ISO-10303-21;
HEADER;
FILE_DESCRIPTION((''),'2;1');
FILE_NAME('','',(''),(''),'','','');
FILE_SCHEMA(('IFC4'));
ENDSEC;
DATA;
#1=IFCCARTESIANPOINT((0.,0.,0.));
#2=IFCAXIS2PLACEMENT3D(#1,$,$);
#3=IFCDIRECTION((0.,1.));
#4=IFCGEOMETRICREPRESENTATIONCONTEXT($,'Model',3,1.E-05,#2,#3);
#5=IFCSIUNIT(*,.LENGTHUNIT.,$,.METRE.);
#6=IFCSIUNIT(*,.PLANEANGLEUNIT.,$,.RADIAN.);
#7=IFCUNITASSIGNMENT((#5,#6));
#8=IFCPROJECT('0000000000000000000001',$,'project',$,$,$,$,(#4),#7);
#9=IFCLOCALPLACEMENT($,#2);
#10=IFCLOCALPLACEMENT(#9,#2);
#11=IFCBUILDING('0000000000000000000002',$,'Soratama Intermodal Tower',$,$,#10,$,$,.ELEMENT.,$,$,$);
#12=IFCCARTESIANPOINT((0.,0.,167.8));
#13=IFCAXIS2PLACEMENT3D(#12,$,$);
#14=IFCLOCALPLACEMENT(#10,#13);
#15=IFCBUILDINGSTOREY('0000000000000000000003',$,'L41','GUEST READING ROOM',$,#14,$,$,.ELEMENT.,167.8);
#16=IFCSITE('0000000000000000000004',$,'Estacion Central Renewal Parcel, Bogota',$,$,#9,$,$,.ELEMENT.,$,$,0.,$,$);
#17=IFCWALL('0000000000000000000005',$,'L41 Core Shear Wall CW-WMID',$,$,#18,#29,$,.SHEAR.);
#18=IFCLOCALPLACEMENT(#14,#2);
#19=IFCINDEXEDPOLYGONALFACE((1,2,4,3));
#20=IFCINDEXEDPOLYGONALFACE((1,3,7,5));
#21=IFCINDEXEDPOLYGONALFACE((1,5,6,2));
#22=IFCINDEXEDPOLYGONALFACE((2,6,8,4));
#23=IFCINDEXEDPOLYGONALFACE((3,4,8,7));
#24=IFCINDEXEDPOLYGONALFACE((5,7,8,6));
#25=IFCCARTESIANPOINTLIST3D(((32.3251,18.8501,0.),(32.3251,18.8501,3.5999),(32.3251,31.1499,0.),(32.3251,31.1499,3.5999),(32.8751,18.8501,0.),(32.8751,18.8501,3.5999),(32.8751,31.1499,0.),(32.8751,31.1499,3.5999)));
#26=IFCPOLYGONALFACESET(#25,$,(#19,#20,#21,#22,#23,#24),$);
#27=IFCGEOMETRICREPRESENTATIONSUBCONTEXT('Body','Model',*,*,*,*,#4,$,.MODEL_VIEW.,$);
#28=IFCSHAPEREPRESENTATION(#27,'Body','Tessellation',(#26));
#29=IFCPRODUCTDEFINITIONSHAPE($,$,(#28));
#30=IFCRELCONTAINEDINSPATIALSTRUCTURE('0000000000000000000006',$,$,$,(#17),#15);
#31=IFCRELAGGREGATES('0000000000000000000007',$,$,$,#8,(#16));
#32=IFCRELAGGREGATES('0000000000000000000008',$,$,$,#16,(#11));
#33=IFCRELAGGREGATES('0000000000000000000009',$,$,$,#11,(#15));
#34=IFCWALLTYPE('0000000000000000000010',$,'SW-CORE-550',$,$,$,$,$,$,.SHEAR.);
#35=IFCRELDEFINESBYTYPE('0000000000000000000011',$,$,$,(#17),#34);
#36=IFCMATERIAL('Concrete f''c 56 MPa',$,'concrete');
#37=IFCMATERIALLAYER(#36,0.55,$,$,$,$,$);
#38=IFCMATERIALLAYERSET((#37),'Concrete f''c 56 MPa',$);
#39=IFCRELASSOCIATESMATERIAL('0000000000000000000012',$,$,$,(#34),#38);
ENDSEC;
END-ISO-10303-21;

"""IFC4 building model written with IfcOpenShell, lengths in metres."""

from ifc_helpers import new_model, si_unit, direction, frame, frame_2d, origin, place, context, subcontext, project, spatial, rectangle, extrude, material, layer, layer_set, type_object, element, save


model = new_model("IFC4")

# Units and contexts
model_context = context("Model", 3, precision=1e-05, world=origin(), true_north=direction((0.0, 1.0)))
body_context = subcontext(model_context, "Body", "Model", "MODEL_VIEW")
ifc_project = project(units=[si_unit("LENGTHUNIT", "METRE"), si_unit("PLANEANGLEUNIT", "RADIAN")], contexts=[model_context])

# Site, building, storey
site_placement = place(None, origin())
site = spatial("IfcSite", under=ifc_project, at=site_placement, Name="Estacion Central Renewal Parcel, Bogota", CompositionType="ELEMENT", RefElevation=0.0)
building_placement = place(site_placement, origin())
building = spatial("IfcBuilding", under=site, at=building_placement, Name="Soratama Intermodal Tower", CompositionType="ELEMENT")
storey_placement = place(building_placement, frame((0.0, 0.0, 167.8)))
storey = spatial("IfcBuildingStorey", under=building, at=storey_placement, Name="L41", Description="GUEST READING ROOM", CompositionType="ELEMENT", Elevation=167.8)

# Wall
ifc_material_1 = material(Name="Concrete f'c 56 MPa", Category="concrete")
ifc_layer_1 = layer(ifc_material_1, 0.55)
ifc_layer_set_1 = layer_set([ifc_layer_1], Name="Concrete f'c 56 MPa")
wall_type_1 = type_object("IfcWallType", Name="SW-CORE-550", PredefinedType="SHEAR", material=ifc_layer_set_1)
wall_1_placement = place(storey_placement, frame((32.6001, 18.8501, 0.0), z_axis=(0.0, 0.0, 1.0), x_axis=(0.0, 1.0, 0.0)))
element("IfcWall", 1, at=wall_1_placement, inside=storey, type_object=wall_type_1, Name="L41 Core Shear Wall CW-WMID", PredefinedType="SHEAR", context=body_context, shape_type="SweptSolid", body=[
    extrude(rectangle(XDim=12.2998, YDim=0.55, at=frame_2d((6.1499, 0.0))), origin(), (0.0, 0.0, 1.0), 3.5999),
])

save(model, "model.ifc")
